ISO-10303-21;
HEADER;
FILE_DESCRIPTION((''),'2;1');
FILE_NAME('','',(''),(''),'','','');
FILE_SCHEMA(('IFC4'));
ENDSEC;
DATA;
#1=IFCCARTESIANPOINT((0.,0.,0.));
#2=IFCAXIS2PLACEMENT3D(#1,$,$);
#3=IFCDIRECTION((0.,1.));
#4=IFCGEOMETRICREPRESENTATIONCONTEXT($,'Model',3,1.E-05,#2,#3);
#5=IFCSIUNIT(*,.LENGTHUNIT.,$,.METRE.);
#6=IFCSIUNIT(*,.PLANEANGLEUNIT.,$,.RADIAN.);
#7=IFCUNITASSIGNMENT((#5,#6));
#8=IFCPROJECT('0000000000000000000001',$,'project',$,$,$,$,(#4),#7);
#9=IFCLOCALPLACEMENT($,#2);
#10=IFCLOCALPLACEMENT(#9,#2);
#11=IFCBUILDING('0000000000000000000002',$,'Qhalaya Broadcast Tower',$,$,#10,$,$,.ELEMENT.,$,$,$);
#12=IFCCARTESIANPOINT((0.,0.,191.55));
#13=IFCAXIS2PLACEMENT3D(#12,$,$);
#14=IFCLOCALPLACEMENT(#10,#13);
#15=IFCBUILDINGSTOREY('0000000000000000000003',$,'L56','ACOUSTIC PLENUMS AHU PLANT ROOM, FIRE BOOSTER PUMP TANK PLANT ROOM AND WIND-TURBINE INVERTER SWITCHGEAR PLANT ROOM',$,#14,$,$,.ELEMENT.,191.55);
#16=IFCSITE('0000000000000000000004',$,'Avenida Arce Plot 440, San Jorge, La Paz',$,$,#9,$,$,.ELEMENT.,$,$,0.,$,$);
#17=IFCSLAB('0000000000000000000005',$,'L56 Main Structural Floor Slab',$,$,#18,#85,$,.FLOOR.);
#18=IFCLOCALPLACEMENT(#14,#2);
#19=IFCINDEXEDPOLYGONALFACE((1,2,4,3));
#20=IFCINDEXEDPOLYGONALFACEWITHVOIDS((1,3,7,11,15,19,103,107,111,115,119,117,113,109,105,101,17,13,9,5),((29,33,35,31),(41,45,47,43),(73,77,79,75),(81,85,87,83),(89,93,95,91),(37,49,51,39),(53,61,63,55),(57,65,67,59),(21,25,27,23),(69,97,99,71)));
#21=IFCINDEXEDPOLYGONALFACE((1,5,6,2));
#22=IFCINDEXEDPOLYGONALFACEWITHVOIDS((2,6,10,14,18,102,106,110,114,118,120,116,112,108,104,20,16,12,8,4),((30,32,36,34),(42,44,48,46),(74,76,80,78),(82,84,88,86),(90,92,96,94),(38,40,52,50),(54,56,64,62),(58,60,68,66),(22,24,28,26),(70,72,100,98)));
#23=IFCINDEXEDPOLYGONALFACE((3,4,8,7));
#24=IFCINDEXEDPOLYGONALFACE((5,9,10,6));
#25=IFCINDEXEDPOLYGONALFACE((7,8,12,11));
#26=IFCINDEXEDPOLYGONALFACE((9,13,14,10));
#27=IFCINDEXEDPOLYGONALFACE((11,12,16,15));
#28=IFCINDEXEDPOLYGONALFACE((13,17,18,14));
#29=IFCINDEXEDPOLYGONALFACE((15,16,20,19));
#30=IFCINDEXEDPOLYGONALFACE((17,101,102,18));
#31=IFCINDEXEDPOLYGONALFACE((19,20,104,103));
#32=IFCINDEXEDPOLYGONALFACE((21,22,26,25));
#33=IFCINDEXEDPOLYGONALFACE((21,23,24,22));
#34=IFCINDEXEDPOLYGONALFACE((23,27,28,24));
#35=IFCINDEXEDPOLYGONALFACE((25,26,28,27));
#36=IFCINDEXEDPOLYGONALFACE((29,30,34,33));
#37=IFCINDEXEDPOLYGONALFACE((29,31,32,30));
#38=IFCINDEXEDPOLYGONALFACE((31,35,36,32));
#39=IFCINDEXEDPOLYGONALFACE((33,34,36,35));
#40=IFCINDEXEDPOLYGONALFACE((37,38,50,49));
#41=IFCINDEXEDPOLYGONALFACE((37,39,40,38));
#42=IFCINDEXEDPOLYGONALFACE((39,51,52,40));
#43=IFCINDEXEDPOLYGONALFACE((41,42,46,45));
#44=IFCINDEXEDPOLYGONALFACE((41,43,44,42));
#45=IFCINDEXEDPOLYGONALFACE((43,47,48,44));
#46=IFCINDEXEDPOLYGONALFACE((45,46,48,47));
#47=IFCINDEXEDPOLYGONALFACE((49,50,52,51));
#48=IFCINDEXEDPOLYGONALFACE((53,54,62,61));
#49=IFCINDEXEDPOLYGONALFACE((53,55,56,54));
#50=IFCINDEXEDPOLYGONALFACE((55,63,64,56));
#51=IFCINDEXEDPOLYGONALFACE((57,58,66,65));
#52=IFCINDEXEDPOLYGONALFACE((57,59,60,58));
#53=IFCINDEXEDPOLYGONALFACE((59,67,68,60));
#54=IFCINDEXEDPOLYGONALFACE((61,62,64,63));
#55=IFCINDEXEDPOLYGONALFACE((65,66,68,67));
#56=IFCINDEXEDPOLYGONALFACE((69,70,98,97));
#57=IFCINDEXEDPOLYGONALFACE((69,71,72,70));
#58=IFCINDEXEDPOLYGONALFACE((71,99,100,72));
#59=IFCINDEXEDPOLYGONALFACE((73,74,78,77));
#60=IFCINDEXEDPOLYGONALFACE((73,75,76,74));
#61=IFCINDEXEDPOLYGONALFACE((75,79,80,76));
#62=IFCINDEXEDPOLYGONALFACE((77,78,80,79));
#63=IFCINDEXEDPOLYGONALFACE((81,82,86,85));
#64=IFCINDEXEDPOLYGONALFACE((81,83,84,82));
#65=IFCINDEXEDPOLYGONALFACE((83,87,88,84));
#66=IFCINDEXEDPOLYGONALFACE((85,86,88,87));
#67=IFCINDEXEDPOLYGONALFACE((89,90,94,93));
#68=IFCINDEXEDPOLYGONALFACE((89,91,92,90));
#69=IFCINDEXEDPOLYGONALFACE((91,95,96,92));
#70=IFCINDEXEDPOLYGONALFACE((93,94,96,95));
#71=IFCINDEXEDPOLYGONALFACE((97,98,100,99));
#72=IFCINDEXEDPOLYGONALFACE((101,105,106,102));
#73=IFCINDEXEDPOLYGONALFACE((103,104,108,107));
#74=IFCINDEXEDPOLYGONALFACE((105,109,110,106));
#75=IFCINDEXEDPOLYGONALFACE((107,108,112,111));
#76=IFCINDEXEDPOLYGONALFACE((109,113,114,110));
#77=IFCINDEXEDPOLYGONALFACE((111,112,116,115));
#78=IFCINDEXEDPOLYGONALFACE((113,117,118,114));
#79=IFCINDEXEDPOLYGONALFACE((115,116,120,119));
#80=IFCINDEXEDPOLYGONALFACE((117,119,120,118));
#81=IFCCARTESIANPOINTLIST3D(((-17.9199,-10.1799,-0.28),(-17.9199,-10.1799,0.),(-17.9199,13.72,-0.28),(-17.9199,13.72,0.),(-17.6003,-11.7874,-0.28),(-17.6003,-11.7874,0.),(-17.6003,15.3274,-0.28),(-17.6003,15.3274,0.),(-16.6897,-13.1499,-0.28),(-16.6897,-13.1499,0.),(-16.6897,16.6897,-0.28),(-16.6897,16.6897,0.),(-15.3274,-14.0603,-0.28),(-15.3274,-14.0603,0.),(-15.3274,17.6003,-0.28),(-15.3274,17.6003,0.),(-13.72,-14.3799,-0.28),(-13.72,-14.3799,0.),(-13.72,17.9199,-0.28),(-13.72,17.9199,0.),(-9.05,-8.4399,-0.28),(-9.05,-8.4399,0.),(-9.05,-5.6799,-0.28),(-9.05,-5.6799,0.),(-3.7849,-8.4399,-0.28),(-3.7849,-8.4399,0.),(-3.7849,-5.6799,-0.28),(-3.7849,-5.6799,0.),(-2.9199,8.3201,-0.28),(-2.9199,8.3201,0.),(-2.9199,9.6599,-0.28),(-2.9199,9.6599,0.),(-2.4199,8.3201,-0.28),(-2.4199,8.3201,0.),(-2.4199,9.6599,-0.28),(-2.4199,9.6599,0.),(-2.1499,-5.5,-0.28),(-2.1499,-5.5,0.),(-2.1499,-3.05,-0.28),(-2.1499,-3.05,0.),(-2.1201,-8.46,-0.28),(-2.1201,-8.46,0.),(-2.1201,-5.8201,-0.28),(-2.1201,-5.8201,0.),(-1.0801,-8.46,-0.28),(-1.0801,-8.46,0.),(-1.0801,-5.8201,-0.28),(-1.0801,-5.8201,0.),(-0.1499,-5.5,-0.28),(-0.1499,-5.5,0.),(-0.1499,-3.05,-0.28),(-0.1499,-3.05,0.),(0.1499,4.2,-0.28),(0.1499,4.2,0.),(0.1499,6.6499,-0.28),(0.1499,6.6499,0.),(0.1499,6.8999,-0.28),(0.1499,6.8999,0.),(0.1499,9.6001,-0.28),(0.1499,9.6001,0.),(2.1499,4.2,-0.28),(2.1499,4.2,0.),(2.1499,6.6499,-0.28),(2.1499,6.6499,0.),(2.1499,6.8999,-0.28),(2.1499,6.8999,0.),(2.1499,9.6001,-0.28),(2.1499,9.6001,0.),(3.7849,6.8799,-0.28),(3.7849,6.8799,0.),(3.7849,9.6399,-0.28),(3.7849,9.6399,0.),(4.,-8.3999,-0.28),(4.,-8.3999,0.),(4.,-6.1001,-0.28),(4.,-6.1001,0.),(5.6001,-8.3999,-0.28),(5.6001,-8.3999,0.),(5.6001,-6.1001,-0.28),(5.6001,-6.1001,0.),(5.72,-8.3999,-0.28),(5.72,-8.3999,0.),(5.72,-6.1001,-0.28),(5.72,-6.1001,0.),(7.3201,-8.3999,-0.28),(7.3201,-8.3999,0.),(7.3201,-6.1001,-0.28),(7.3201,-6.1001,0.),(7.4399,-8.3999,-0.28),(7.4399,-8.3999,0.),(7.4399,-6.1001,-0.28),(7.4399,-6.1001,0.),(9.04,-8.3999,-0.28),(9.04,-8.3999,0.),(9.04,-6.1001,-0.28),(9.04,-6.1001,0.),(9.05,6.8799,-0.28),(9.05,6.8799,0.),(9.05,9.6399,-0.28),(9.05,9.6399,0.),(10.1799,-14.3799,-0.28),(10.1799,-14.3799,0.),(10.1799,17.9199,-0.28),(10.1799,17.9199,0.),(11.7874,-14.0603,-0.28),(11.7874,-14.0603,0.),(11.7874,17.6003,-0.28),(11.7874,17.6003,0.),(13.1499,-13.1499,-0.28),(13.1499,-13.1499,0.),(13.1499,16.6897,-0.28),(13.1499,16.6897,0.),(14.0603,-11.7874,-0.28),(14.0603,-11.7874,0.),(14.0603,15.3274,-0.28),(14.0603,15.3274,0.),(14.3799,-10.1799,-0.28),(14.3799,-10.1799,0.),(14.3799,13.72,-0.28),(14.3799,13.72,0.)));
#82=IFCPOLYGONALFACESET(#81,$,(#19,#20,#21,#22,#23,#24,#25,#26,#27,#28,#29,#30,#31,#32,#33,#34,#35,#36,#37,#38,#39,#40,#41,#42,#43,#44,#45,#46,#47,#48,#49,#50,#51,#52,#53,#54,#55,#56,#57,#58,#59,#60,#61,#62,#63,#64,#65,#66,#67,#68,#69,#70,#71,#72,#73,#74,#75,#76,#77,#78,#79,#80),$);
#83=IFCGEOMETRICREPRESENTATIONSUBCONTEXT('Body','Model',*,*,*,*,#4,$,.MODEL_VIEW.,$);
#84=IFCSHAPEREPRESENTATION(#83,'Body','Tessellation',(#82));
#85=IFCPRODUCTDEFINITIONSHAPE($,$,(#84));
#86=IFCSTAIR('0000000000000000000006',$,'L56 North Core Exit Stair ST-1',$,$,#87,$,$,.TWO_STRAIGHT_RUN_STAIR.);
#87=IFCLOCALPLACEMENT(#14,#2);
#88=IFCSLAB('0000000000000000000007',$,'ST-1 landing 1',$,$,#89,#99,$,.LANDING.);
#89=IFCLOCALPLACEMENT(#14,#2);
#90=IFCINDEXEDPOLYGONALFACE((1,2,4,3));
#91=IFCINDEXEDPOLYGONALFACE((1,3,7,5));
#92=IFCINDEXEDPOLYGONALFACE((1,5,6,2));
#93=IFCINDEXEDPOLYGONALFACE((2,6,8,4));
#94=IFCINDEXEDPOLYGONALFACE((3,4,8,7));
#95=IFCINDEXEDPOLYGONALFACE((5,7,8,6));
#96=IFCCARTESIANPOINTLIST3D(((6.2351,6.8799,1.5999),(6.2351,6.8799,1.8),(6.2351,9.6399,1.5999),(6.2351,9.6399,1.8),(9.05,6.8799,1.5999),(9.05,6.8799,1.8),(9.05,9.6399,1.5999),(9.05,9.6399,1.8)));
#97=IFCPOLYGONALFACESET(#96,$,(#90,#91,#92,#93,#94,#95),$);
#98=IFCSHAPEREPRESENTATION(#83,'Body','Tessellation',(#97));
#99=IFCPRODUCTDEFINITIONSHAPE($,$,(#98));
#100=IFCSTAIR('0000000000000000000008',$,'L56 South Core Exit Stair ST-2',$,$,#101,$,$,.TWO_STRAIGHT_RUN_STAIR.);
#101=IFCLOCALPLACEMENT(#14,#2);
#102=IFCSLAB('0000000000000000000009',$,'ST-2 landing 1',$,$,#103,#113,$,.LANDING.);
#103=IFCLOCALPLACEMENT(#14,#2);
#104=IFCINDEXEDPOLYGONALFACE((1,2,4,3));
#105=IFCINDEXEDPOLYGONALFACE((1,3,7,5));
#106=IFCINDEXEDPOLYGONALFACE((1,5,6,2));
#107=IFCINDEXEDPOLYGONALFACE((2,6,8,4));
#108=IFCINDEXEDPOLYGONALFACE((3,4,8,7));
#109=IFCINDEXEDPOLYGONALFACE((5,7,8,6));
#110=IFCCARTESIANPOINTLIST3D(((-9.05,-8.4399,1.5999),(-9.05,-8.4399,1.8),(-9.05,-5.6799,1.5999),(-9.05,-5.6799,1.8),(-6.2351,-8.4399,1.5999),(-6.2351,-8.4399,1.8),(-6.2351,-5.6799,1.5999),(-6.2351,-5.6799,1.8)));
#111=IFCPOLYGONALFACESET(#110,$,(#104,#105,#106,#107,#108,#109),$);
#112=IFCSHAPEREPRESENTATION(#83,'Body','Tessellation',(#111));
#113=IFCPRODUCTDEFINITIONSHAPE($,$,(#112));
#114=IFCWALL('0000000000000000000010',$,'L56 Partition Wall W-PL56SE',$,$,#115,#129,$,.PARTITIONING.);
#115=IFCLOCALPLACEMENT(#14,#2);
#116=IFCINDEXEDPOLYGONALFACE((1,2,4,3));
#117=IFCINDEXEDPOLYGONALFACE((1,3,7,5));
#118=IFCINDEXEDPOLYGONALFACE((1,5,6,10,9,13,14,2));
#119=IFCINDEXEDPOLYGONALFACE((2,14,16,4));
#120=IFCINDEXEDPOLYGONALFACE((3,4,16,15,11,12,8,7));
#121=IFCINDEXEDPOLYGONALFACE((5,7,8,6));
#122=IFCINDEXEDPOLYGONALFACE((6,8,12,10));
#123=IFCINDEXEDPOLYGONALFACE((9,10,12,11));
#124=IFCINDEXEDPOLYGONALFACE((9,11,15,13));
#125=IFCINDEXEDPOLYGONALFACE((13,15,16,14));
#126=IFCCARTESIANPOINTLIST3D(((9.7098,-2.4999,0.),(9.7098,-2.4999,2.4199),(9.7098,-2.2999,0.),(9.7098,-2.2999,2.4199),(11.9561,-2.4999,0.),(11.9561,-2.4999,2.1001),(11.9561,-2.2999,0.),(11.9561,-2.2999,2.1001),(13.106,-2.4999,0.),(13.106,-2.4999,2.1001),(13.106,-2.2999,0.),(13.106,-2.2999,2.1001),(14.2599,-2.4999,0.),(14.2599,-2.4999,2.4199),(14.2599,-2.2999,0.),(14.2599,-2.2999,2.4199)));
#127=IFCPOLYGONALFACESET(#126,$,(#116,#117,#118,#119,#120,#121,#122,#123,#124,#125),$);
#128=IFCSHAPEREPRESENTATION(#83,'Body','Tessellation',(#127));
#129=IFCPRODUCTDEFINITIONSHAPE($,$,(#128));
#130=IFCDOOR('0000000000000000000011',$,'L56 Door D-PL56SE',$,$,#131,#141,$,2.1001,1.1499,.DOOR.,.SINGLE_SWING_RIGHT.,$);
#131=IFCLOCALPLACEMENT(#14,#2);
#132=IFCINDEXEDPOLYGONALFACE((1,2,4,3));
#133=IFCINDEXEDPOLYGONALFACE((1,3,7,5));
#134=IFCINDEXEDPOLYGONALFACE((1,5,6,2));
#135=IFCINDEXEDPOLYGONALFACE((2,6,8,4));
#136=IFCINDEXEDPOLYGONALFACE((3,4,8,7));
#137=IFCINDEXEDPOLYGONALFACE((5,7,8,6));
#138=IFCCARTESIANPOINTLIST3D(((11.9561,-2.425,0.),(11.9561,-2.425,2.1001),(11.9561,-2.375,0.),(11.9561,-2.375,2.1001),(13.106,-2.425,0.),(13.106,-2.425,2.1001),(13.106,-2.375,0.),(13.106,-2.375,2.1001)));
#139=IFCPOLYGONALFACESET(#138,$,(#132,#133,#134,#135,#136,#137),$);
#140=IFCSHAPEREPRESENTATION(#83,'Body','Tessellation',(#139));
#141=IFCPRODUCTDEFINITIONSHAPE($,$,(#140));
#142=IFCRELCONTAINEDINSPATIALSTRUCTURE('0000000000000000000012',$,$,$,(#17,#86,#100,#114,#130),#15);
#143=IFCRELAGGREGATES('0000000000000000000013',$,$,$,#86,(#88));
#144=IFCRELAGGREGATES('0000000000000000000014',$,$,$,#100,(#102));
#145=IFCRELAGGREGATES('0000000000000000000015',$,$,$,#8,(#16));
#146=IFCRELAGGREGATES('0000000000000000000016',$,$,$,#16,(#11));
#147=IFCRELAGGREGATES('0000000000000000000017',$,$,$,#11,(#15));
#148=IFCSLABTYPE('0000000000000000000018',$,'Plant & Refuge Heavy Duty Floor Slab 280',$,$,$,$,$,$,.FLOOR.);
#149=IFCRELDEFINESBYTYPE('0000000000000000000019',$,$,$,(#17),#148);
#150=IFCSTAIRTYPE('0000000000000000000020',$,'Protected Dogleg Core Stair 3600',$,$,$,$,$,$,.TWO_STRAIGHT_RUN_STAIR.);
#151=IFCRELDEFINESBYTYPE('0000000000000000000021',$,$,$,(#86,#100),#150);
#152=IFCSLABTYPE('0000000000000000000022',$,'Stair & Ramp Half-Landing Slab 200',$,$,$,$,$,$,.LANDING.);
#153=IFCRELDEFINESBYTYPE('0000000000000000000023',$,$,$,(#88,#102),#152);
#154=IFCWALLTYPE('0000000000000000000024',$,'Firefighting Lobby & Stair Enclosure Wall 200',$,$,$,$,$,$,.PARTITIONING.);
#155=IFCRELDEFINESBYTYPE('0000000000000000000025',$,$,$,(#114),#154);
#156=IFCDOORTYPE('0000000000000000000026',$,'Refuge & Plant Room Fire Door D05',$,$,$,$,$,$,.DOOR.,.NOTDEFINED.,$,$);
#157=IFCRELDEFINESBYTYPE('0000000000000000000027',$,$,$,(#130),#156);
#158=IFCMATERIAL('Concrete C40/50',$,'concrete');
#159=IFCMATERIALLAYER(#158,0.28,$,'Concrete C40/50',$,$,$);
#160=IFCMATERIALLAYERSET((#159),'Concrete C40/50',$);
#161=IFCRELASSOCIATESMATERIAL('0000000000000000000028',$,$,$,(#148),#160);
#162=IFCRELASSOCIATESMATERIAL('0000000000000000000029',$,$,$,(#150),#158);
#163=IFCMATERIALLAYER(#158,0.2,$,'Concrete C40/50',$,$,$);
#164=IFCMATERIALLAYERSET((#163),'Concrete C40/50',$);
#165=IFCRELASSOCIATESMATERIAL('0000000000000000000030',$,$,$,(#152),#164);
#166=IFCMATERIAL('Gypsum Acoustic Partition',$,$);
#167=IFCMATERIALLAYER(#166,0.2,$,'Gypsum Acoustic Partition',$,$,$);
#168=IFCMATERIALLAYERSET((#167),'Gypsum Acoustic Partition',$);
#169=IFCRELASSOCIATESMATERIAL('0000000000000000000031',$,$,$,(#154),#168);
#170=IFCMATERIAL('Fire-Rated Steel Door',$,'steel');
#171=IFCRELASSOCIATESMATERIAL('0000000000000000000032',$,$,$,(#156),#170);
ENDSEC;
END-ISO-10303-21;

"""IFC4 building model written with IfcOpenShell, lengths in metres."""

from ifc_helpers import new_model, si_unit, direction, frame, frame_2d, origin, place, context, subcontext, project, spatial, polyline, rectangle, outline, extrude, material, layer, layer_set, type_object, element, fill, aggregate, save


model = new_model("IFC4")

# Units and contexts
model_context = context("Model", 3, precision=1e-05, world=origin(), true_north=direction((0.0, 1.0)))
body_context = subcontext(model_context, "Body", "Model", "MODEL_VIEW")
ifc_project = project(units=[si_unit("LENGTHUNIT", "METRE"), si_unit("PLANEANGLEUNIT", "RADIAN")], contexts=[model_context])

# Site, building, storey
site_placement = place(None, origin())
site = spatial("IfcSite", under=ifc_project, at=site_placement, Name="Avenida Arce Plot 440, San Jorge, La Paz", CompositionType="ELEMENT", RefElevation=0.0)
building_placement = place(site_placement, origin())
building = spatial("IfcBuilding", under=site, at=building_placement, Name="Qhalaya Broadcast Tower", CompositionType="ELEMENT")
storey_placement = place(building_placement, frame((0.0, 0.0, 191.55)))
storey = spatial("IfcBuildingStorey", under=building, at=storey_placement, Name="L56", Description="ACOUSTIC PLENUMS AHU PLANT ROOM, FIRE BOOSTER PUMP TANK PLANT ROOM AND WIND-TURBINE INVERTER SWITCHGEAR PLANT ROOM", CompositionType="ELEMENT", Elevation=191.55)

# Slab
ifc_material_1 = material(Name="Concrete C40/50", Category="concrete")
ifc_layer_1 = layer(ifc_material_1, 0.28, Name="Concrete C40/50")
ifc_layer_set_1 = layer_set([ifc_layer_1], Name="Concrete C40/50")
slab_type_1 = type_object("IfcSlabType", Name="Plant & Refuge Heavy Duty Floor Slab 280", PredefinedType="FLOOR", material=ifc_layer_set_1)
slab_1_placement = place(storey_placement, frame((0.0, 0.0, -0.28)))
element("IfcSlab", 1, at=slab_1_placement, inside=storey, type_object=slab_type_1, Name="L56 Main Structural Floor Slab", PredefinedType="FLOOR", context=body_context, shape_type="SweptSolid", body=[
    extrude(outline(polyline([(10.1799, -14.3799), (11.7874, -14.0603), (13.1499, -13.1499), (14.0603, -11.7874), (14.3799, -10.1799), (14.3799, 13.72), (14.0603, 15.3274), (13.1499, 16.6897), (11.7874, 17.6003), (10.1799, 17.9199), (-13.72, 17.9199), (-15.3274, 17.6003), (-16.6897, 16.6897), (-17.6003, 15.3274), (-17.9199, 13.72), (-17.9199, -10.1799), (-17.6003, -11.7874), (-16.6897, -13.1499), (-15.3274, -14.0603), (-13.72, -14.3799), (10.1799, -14.3799)]), holes=[polyline([(3.7849, 9.6399), (9.05, 9.6399), (9.05, 6.8799), (3.7849, 6.8799), (3.7849, 9.6399)]), polyline([(-3.7849, -8.4399), (-9.05, -8.4399), (-9.05, -5.6799), (-3.7849, -5.6799), (-3.7849, -8.4399)]), polyline([(0.1499, 6.6499), (2.1499, 6.6499), (2.1499, 4.2), (0.1499, 4.2), (0.1499, 6.6499)]), polyline([(0.1499, 9.6001), (2.1499, 9.6001), (2.1499, 6.8999), (0.1499, 6.8999), (0.1499, 9.6001)]), polyline([(-2.1499, -3.05), (-0.1499, -3.05), (-0.1499, -5.5), (-2.1499, -5.5), (-2.1499, -3.05)]), polyline([(4.0, -6.1001), (5.6001, -6.1001), (5.6001, -8.3999), (4.0, -8.3999), (4.0, -6.1001)]), polyline([(5.72, -6.1001), (7.3201, -6.1001), (7.3201, -8.3999), (5.72, -8.3999), (5.72, -6.1001)]), polyline([(7.4399, -6.1001), (9.04, -6.1001), (9.04, -8.3999), (7.4399, -8.3999), (7.4399, -6.1001)]), polyline([(-2.9199, 9.6599), (-2.4199, 9.6599), (-2.4199, 8.3201), (-2.9199, 8.3201), (-2.9199, 9.6599)]), polyline([(-2.1201, -5.8201), (-1.0801, -5.8201), (-1.0801, -8.46), (-2.1201, -8.46), (-2.1201, -5.8201)])]), origin(), (0.0, 0.0, 1.0), 0.28),
])

# Stairs, slabs
stair_type = type_object("IfcStairType", Name="Protected Dogleg Core Stair 3600", PredefinedType="TWO_STRAIGHT_RUN_STAIR", material=ifc_material_1)
stair_1_placement = place(storey_placement, origin())
stair_1 = element("IfcStair", 2, at=stair_1_placement, inside=storey, type_object=stair_type, Name="L56 North Core Exit Stair ST-1", PredefinedType="TWO_STRAIGHT_RUN_STAIR")
ifc_layer_2 = layer(ifc_material_1, 0.2, Name="Concrete C40/50")
ifc_layer_set_2 = layer_set([ifc_layer_2], Name="Concrete C40/50")
slab_type_2 = type_object("IfcSlabType", Name="Stair & Ramp Half-Landing Slab 200", PredefinedType="LANDING", material=ifc_layer_set_2)
slab_2_placement = place(storey_placement, frame((0.0, 0.0, 1.5999)))
slab_2 = element("IfcSlab", 3, at=slab_2_placement, type_object=slab_type_2, Name="ST-1 landing 1", PredefinedType="LANDING", context=body_context, shape_type="SweptSolid", body=[
    extrude(outline(polyline([(6.2351, 6.8799), (9.05, 6.8799), (9.05, 9.6399), (6.2351, 9.6399), (6.2351, 6.8799)])), origin(), (0.0, 0.0, 1.0), 0.2002),
])
aggregate(stair_1, [slab_2])
stair_2_placement = place(storey_placement, origin())
stair_2 = element("IfcStair", 4, at=stair_2_placement, inside=storey, type_object=stair_type, Name="L56 South Core Exit Stair ST-2", PredefinedType="TWO_STRAIGHT_RUN_STAIR")
slab_3_placement = place(storey_placement, frame((0.0, 0.0, 1.5999)))
slab_3 = element("IfcSlab", 5, at=slab_3_placement, type_object=slab_type_2, Name="ST-2 landing 1", PredefinedType="LANDING", context=body_context, shape_type="SweptSolid", body=[
    extrude(outline(polyline([(-6.2351, -5.6799), (-9.05, -5.6799), (-9.05, -8.4399), (-6.2351, -8.4399), (-6.2351, -5.6799)])), origin(), (0.0, 0.0, 1.0), 0.2002),
])
aggregate(stair_2, [slab_3])

# Wall, opening, door
ifc_material_2 = material(Name="Gypsum Acoustic Partition")
ifc_layer_3 = layer(ifc_material_2, 0.2, Name="Gypsum Acoustic Partition")
ifc_layer_set_3 = layer_set([ifc_layer_3], Name="Gypsum Acoustic Partition")
wall_type_1 = type_object("IfcWallType", Name="Firefighting Lobby & Stair Enclosure Wall 200", PredefinedType="PARTITIONING", material=ifc_layer_set_3)
wall_1_placement = place(storey_placement, frame((9.71, -2.3999, 0.0), z_axis=(0.0, 0.0, 1.0), x_axis=(1.0, 0.0, 0.0)))
wall_1 = element("IfcWall", 6, at=wall_1_placement, inside=storey, type_object=wall_type_1, Name="L56 Partition Wall W-PL56SE", PredefinedType="PARTITIONING", context=body_context, shape_type="SweptSolid", body=[
    extrude(rectangle(XDim=4.55, YDim=0.2, at=frame_2d((2.2749, 0.0))), origin(), (0.0, 0.0, 1.0), 2.4199),
])
opening_1_placement = place(wall_1_placement, frame((2.2461, 0.0, 0.0)))
opening_1 = element("IfcOpeningElement", 7, at=opening_1_placement, cuts=wall_1, PredefinedType="OPENING", context=body_context, shape_type="SweptSolid", body=[
    extrude(rectangle(XDim=1.1499, YDim=2.1001, at=frame_2d((0.575, 1.05))), frame((0.0, 0.1121, 0.0), z_axis=(0.0, -1.0, 0.0), x_axis=(1.0, 0.0, 0.0)), (0.0, 0.0, 1.0), 0.2239),
])
ifc_material_3 = material(Name="Fire-Rated Steel Door", Category="steel")
door_type_1 = type_object("IfcDoorType", Name="Refuge & Plant Room Fire Door D05", OperationType="NOTDEFINED", PredefinedType="DOOR", material=ifc_material_3)
door_1_placement = place(opening_1_placement, origin())
door_1 = element("IfcDoor", 8, at=door_1_placement, inside=storey, type_object=door_type_1, Name="L56 Door D-PL56SE", OperationType="SINGLE_SWING_RIGHT", OverallHeight=2.1001, OverallWidth=1.1499, PredefinedType="DOOR", context=body_context, shape_type="SweptSolid", body=[
    extrude(rectangle(XDim=1.1499, YDim=2.1001, at=frame_2d((0.575, 1.05))), frame((0.0, 0.0249, 0.0), z_axis=(0.0, -1.0, 0.0), x_axis=(1.0, 0.0, 0.0)), (0.0, 0.0, 1.0), 0.05),
])
fill(opening_1, door_1)

save(model, "model.ifc")
